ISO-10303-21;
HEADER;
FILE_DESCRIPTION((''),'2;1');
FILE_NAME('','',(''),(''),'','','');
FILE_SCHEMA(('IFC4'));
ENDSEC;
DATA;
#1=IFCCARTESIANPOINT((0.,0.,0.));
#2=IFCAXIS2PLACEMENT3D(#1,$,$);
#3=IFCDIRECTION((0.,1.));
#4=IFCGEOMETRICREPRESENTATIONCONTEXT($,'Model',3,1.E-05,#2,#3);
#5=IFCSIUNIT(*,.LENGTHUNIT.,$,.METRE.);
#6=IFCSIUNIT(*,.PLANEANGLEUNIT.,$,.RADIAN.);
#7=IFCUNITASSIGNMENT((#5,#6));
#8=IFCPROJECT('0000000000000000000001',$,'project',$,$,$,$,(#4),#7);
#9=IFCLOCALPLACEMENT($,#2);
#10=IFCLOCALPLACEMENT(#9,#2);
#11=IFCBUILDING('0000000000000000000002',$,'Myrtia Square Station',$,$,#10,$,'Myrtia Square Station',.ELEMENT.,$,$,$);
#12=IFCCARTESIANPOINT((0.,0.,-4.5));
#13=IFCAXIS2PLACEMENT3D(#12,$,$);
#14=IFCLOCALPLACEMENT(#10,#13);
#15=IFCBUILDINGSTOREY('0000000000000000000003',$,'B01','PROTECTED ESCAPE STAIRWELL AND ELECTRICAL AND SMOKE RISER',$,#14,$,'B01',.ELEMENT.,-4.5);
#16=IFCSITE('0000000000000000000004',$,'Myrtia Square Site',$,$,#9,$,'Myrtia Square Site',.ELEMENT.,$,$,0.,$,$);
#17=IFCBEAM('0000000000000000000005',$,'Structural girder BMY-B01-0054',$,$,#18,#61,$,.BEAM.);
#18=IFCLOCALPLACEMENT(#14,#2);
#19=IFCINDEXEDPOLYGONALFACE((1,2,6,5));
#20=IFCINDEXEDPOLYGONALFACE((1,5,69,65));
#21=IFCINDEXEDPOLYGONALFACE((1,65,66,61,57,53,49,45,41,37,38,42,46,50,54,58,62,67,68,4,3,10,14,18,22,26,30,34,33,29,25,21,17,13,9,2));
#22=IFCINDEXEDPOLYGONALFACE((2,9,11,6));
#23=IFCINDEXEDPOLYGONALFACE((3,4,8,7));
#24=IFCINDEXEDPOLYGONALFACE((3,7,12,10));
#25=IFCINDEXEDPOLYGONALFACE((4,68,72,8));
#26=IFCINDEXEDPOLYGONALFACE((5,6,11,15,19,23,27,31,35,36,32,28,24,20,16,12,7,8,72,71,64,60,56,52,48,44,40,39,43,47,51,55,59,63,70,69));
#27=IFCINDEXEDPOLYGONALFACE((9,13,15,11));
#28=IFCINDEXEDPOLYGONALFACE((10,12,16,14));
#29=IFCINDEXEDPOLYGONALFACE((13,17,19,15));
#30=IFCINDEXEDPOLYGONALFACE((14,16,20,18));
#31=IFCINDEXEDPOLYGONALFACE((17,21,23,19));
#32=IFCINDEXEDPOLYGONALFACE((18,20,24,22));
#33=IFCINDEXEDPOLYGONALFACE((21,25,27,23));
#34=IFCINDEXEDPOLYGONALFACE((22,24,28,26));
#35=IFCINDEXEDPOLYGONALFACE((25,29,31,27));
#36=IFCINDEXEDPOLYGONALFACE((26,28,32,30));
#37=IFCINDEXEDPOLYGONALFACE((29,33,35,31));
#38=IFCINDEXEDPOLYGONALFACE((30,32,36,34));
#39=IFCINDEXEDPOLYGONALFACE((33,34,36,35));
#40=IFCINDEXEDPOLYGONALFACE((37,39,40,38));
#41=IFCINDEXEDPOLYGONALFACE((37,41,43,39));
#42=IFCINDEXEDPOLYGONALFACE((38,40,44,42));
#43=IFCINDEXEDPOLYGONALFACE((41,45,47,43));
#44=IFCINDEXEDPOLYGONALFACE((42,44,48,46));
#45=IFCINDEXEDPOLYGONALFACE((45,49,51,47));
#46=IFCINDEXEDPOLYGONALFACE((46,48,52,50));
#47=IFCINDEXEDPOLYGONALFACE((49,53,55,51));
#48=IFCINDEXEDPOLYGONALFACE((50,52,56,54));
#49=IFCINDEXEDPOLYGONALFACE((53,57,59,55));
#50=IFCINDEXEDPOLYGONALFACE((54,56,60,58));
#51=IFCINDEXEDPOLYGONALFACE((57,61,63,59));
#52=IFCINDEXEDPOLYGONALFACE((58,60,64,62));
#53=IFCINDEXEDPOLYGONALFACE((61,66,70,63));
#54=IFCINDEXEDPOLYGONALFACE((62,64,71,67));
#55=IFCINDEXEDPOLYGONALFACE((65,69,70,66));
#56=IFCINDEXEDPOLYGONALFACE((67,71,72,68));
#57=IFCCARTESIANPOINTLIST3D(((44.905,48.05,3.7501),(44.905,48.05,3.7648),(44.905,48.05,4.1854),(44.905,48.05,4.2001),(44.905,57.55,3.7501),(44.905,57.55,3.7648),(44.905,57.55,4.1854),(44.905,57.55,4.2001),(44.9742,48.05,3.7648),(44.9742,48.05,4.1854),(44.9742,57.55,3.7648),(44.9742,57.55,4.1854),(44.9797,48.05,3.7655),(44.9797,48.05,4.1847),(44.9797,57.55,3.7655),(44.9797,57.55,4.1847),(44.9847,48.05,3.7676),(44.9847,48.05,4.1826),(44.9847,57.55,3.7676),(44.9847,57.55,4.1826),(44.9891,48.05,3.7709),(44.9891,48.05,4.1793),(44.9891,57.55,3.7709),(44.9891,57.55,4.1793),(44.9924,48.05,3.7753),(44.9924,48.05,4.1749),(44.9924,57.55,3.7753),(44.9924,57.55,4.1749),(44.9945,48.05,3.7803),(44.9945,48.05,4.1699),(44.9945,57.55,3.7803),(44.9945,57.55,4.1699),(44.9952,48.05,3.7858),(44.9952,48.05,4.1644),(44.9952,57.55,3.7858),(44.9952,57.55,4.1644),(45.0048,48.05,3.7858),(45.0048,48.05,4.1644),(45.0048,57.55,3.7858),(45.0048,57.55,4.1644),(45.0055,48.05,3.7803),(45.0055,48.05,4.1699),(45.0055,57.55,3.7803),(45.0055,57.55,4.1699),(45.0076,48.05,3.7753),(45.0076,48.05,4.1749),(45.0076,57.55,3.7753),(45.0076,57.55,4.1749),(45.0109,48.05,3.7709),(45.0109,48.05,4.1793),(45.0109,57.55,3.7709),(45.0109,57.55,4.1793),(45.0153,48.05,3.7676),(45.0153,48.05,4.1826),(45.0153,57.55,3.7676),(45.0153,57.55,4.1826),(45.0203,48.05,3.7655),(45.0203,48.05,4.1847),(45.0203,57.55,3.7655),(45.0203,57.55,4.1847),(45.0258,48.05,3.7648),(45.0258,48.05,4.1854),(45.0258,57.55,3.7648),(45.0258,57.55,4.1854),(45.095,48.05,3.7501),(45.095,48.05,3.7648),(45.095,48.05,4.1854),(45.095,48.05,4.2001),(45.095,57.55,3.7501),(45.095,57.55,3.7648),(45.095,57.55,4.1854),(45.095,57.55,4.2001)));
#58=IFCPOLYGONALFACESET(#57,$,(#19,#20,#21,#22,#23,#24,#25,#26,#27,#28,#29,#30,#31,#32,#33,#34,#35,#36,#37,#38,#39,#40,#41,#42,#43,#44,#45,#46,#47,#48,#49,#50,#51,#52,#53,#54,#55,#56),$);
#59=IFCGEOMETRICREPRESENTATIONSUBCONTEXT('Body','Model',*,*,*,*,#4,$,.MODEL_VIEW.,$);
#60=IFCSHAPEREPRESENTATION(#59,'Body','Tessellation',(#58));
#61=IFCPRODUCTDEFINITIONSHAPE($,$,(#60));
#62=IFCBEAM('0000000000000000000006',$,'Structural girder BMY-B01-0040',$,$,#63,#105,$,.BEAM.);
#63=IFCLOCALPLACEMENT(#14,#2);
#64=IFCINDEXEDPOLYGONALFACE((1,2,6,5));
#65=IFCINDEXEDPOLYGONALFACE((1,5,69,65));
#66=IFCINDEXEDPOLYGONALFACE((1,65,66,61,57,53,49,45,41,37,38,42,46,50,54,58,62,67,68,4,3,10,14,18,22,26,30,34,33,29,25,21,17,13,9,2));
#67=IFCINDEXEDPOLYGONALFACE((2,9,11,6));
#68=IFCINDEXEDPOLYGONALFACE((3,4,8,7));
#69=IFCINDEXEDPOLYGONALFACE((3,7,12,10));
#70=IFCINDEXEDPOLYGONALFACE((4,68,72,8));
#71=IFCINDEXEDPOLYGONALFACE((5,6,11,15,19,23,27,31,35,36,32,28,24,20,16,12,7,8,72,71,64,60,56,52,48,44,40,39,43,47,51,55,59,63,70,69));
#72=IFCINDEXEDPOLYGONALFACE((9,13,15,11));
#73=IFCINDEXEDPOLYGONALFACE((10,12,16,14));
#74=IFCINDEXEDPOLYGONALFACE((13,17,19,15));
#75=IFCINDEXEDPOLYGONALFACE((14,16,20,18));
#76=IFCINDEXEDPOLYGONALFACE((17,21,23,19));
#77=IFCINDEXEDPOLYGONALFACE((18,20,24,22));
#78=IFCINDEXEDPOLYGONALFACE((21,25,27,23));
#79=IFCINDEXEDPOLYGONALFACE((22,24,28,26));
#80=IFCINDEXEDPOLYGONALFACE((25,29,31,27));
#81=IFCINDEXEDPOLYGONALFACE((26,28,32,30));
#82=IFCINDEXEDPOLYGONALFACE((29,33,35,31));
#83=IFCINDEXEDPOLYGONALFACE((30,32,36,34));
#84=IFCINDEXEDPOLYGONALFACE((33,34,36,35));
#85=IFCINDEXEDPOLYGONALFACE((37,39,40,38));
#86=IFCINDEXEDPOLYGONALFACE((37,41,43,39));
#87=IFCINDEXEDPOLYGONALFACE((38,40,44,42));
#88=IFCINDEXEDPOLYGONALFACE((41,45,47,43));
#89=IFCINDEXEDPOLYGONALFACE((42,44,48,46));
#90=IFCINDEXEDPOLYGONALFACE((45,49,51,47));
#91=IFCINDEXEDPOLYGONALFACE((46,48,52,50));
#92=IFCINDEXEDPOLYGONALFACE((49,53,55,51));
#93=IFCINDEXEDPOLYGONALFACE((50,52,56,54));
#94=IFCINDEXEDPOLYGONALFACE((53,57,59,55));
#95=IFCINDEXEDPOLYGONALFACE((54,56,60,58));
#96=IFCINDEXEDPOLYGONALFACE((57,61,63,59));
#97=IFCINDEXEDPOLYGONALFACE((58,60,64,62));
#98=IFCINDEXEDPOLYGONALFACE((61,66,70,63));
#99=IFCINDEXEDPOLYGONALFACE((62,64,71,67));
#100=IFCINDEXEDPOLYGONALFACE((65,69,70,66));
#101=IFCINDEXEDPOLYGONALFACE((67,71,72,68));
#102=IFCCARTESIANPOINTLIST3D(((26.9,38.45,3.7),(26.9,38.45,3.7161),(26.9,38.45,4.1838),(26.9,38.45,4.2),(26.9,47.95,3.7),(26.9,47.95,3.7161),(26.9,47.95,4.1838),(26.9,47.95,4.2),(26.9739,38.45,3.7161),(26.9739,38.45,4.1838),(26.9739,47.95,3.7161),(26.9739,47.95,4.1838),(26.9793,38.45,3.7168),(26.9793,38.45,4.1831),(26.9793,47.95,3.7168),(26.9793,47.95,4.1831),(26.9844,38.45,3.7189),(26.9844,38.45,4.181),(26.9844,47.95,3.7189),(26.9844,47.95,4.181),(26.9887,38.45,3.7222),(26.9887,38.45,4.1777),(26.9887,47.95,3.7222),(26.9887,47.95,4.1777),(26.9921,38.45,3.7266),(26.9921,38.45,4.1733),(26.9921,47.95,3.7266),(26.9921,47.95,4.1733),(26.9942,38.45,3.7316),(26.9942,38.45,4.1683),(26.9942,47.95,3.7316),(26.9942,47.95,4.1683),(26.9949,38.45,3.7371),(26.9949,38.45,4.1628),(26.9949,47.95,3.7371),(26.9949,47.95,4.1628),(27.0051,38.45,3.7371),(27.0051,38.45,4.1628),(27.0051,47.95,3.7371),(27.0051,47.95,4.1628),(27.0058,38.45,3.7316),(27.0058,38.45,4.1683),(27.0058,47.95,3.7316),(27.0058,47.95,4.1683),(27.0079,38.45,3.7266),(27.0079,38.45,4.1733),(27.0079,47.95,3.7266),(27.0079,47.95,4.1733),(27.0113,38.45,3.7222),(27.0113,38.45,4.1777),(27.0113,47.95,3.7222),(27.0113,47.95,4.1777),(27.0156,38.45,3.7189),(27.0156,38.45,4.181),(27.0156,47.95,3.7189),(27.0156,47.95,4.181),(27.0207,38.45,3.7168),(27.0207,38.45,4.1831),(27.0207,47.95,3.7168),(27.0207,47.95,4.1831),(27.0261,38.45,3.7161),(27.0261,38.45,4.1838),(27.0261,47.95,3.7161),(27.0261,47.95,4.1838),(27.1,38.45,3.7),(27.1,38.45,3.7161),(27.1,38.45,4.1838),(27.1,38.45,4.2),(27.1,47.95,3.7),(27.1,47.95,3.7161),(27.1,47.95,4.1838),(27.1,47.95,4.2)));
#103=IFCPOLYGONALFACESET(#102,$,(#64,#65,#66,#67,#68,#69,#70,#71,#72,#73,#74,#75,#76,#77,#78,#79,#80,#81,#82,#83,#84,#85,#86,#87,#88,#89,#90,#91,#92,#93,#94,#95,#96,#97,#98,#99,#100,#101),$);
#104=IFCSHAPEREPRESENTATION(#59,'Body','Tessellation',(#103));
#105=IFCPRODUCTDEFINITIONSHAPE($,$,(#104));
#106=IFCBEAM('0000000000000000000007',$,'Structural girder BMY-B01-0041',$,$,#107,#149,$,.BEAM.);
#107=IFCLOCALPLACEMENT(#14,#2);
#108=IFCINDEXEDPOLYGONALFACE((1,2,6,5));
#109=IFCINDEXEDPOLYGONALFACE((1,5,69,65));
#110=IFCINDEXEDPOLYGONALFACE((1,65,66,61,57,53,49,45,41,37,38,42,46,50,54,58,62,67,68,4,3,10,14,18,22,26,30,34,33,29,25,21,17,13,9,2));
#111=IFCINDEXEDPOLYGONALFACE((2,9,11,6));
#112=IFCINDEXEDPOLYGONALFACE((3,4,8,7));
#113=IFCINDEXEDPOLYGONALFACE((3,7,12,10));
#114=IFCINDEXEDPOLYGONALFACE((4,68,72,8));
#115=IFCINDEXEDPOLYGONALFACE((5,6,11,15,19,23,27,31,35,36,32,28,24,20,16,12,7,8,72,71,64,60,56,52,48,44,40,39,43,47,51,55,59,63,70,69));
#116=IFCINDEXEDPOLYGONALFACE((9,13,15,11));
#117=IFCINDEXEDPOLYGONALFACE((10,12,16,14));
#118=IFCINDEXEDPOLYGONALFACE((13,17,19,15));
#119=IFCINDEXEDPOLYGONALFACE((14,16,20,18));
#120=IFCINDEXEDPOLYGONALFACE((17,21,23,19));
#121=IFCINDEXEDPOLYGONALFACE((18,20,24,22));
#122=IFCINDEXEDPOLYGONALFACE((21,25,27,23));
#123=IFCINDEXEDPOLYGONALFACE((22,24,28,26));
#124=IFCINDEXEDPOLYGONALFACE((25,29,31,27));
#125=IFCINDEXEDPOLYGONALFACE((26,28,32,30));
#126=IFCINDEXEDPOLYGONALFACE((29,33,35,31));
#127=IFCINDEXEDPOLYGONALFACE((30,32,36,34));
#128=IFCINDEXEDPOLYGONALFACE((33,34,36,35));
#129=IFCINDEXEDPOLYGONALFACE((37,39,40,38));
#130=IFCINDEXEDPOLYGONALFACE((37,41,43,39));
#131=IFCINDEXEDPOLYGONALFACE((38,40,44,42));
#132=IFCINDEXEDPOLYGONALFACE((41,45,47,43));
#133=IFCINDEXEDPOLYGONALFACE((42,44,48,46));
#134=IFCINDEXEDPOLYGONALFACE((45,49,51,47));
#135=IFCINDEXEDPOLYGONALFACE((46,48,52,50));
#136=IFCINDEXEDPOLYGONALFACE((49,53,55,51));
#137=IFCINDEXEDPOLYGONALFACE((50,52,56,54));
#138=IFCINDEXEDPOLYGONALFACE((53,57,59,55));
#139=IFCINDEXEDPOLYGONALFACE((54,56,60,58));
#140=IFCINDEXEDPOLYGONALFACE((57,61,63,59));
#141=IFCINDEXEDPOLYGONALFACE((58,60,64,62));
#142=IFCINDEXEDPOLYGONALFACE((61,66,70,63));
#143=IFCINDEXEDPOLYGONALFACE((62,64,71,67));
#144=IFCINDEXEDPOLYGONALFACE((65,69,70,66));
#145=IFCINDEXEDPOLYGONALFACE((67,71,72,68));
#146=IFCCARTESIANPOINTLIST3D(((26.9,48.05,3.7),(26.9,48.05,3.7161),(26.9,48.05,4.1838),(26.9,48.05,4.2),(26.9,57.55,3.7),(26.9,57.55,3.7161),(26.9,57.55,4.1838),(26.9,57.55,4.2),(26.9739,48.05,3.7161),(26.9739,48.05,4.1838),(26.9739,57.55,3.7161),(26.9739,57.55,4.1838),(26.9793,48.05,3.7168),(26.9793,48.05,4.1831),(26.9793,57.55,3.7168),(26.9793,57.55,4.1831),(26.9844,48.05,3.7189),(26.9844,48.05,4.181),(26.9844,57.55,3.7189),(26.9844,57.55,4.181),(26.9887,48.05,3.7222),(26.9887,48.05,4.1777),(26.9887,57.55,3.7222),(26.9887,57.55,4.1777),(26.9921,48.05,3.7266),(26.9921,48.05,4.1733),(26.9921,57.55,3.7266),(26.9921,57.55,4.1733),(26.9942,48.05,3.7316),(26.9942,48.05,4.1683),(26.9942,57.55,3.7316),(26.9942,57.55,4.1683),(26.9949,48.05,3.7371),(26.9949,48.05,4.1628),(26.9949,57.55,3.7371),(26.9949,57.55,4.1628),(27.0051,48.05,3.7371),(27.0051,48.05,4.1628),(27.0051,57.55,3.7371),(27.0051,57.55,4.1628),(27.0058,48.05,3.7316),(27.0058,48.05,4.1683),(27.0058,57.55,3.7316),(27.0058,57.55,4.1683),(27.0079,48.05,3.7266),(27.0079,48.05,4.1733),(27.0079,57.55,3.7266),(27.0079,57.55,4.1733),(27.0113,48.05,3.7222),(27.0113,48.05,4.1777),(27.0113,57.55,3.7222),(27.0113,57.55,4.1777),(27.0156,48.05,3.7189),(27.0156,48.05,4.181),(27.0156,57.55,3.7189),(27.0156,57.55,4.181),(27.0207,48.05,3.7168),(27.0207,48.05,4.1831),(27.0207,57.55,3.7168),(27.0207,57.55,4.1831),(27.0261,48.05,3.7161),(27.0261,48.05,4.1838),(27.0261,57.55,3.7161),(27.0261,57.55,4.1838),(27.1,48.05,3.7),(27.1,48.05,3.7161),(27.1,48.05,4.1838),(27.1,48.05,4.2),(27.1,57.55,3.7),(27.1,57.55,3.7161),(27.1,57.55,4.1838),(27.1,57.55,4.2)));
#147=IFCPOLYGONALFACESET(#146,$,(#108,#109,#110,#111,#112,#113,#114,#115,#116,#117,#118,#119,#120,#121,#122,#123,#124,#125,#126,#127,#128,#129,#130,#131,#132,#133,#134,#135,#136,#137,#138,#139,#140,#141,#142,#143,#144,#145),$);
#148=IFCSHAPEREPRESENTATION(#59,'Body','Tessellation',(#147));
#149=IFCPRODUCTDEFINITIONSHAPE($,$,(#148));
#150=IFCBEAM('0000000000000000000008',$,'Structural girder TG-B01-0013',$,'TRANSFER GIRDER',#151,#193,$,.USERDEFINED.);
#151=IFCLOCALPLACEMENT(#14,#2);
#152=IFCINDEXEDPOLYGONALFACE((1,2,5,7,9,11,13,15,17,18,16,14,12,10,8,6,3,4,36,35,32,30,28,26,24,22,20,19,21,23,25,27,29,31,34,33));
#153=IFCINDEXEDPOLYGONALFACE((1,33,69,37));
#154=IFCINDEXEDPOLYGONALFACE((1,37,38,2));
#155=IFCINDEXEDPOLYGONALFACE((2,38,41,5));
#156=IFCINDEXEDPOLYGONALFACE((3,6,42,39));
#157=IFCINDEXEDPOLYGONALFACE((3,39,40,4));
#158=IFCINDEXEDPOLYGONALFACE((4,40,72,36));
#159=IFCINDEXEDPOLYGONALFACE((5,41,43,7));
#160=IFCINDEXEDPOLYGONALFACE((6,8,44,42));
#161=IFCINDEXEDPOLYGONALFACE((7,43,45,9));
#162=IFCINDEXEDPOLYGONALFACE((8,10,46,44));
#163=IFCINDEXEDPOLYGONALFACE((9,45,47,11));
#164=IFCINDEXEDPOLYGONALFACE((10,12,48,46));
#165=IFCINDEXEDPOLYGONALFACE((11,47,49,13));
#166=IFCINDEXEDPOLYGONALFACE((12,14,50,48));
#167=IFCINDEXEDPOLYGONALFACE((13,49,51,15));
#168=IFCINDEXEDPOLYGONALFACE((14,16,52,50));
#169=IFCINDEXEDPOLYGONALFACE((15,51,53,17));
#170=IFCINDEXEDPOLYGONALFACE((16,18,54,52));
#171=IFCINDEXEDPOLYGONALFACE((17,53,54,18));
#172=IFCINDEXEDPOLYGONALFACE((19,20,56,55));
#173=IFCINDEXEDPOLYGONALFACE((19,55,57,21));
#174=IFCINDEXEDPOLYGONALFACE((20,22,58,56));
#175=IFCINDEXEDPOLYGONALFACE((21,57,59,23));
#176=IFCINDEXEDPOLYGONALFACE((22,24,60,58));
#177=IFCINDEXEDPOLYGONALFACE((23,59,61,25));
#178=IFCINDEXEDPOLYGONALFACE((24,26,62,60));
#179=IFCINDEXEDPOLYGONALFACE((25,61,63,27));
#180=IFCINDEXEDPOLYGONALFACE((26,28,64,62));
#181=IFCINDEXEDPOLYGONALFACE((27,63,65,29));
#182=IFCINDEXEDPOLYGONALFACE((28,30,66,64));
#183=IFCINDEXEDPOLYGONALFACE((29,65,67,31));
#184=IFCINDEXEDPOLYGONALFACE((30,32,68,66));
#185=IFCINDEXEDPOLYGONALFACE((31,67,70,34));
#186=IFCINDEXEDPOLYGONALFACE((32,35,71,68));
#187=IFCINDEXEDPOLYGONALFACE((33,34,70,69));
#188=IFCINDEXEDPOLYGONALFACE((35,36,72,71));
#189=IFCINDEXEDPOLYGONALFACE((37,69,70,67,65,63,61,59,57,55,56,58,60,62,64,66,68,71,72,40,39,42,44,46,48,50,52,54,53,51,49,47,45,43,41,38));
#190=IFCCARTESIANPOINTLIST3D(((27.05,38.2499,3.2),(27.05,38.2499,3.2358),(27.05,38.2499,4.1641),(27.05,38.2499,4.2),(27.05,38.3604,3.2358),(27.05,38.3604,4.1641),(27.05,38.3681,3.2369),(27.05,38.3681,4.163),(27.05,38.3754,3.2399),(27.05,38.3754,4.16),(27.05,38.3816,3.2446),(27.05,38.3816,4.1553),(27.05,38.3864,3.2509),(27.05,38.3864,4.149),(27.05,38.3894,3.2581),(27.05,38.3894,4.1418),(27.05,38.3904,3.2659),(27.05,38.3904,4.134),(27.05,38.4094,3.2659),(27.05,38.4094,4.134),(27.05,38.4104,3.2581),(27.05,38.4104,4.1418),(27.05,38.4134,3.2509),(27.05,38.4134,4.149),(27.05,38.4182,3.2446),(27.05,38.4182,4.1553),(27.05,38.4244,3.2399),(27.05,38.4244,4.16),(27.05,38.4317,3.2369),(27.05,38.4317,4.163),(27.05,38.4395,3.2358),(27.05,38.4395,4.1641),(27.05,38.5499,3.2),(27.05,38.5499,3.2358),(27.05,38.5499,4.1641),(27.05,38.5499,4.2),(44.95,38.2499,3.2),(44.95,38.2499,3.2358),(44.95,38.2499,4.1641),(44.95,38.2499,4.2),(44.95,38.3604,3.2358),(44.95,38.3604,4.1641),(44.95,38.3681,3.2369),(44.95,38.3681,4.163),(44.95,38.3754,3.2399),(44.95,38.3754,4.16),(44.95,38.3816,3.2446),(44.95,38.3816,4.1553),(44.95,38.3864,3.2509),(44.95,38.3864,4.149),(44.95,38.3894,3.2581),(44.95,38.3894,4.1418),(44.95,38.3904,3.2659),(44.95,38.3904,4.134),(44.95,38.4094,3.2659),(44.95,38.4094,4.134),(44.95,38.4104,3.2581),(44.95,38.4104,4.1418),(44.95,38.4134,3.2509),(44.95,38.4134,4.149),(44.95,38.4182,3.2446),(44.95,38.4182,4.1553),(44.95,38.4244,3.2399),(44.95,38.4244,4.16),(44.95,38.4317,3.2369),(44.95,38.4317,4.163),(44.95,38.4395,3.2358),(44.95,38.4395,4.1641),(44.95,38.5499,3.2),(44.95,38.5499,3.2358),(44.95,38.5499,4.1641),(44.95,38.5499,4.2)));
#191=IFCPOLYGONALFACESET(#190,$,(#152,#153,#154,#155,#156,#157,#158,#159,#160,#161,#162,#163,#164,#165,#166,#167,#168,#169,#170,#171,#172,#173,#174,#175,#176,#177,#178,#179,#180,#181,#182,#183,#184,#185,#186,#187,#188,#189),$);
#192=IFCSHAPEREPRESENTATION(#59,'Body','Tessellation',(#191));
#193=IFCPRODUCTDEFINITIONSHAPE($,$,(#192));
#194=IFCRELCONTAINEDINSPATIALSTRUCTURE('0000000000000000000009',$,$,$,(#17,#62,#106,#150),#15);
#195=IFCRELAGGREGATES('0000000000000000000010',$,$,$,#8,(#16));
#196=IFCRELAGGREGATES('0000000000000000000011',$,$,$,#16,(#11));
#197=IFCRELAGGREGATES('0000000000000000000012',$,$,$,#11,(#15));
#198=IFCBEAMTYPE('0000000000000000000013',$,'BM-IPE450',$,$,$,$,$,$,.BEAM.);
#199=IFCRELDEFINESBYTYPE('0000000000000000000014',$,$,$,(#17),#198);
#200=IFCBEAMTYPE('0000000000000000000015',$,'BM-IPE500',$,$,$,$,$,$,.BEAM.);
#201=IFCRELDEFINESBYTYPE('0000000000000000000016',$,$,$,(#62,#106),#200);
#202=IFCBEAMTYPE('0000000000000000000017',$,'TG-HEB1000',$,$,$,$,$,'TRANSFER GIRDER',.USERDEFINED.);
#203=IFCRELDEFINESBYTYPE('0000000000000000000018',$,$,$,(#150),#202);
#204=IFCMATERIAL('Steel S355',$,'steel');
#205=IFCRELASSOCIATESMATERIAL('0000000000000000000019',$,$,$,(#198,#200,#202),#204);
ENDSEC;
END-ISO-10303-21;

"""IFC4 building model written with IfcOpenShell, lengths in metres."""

from ifc_helpers import new_model, si_unit, direction, frame, origin, origin_2d, place, context, subcontext, project, spatial, i_section, extrude, material, material_profile, profile_set, type_object, element, save


model = new_model("IFC4")

# Units and contexts
model_context = context("Model", 3, precision=1e-05, world=origin(), true_north=direction((0.0, 1.0)))
body_context = subcontext(model_context, "Body", "Model", "MODEL_VIEW")
ifc_project = project(units=[si_unit("LENGTHUNIT", "METRE"), si_unit("PLANEANGLEUNIT", "RADIAN")], contexts=[model_context])

# Site, building, storey
site_placement = place(None, origin())
site = spatial("IfcSite", under=ifc_project, at=site_placement, Name="Myrtia Square Site", LongName="Myrtia Square Site", CompositionType="ELEMENT", RefElevation=0.0)
building_placement = place(site_placement, origin())
building = spatial("IfcBuilding", under=site, at=building_placement, Name="Myrtia Square Station", LongName="Myrtia Square Station", CompositionType="ELEMENT")
storey_placement = place(building_placement, frame((0.0, 0.0, -4.5)))
storey = spatial("IfcBuildingStorey", under=building, at=storey_placement, Name="B01", Description="PROTECTED ESCAPE STAIRWELL AND ELECTRICAL AND SMOKE RISER", LongName="B01", CompositionType="ELEMENT", Elevation=-4.5)

# Shared definitions
ifc_material_1 = material(Name="Steel S355", Category="steel")

# Beams
ifc_material_profile_1 = material_profile(ifc_material_1, i_section(OverallWidth=0.1899, OverallDepth=0.45, WebThickness=0.0095, FlangeThickness=0.0146, FilletRadius=0.021, at=origin_2d()), Name="IPE 450")
ifc_profile_set_1 = profile_set([ifc_material_profile_1], Name="Steel S355")
beam_type_1 = type_object("IfcBeamType", Name="BM-IPE450", PredefinedType="BEAM", material=ifc_profile_set_1)
for number, where, z_axis, x_axis, name in (
    (1, (45.0, 48.05, 3.9751), (0.0, 1.0, 0.0), (-1.0, 0.0, 0.0), "Structural girder BMY-B01-0054"),
):
    element("IfcBeam", number, at=place(storey_placement, frame(where, z_axis=z_axis, x_axis=x_axis)), inside=storey, type_object=beam_type_1, Name=name, PredefinedType="BEAM", context=body_context, shape_type="SweptSolid", body=[
        extrude(i_section(OverallWidth=0.1899, OverallDepth=0.45, WebThickness=0.0095, FlangeThickness=0.0146, FilletRadius=0.021, at=origin_2d()), origin(), (0.0, 0.0, 1.0), 9.5),
    ])
ifc_material_profile_2 = material_profile(ifc_material_1, i_section(OverallWidth=0.2, OverallDepth=0.5, WebThickness=0.0103, FlangeThickness=0.0161, FilletRadius=0.021, at=origin_2d()), Name="IPE 500")
ifc_profile_set_2 = profile_set([ifc_material_profile_2], Name="Steel S355")
beam_type_2 = type_object("IfcBeamType", Name="BM-IPE500", PredefinedType="BEAM", material=ifc_profile_set_2)
for number, where, z_axis, x_axis, name in (
    (2, (27.0, 38.45, 3.95), (0.0, 1.0, 0.0), (-1.0, 0.0, 0.0), "Structural girder BMY-B01-0040"),
    (3, (27.0, 48.05, 3.95), (0.0, 1.0, 0.0), (-1.0, 0.0, 0.0), "Structural girder BMY-B01-0041"),
):
    element("IfcBeam", number, at=place(storey_placement, frame(where, z_axis=z_axis, x_axis=x_axis)), inside=storey, type_object=beam_type_2, Name=name, PredefinedType="BEAM", context=body_context, shape_type="SweptSolid", body=[
        extrude(i_section(OverallWidth=0.2, OverallDepth=0.5, WebThickness=0.0103, FlangeThickness=0.0161, FilletRadius=0.021, at=origin_2d()), origin(), (0.0, 0.0, 1.0), 9.5),
    ])
ifc_material_profile_3 = material_profile(ifc_material_1, i_section(OverallWidth=0.3, OverallDepth=1.0, WebThickness=0.019, FlangeThickness=0.0359, FilletRadius=0.03, at=origin_2d()), Name="HEB 1000")
ifc_profile_set_3 = profile_set([ifc_material_profile_3], Name="Steel S355")
beam_type_3 = type_object("IfcBeamType", Name="TG-HEB1000", ElementType="TRANSFER GIRDER", PredefinedType="USERDEFINED", material=ifc_profile_set_3)
for number, where, z_axis, x_axis, name in (
    (4, (27.05, 38.3999, 3.7), (1.0, 0.0, 0.0), (0.0, 1.0, 0.0), "Structural girder TG-B01-0013"),
):
    element("IfcBeam", number, at=place(storey_placement, frame(where, z_axis=z_axis, x_axis=x_axis)), inside=storey, type_object=beam_type_3, Name=name, ObjectType="TRANSFER GIRDER", PredefinedType="USERDEFINED", context=body_context, shape_type="SweptSolid", body=[
        extrude(i_section(OverallWidth=0.3, OverallDepth=1.0, WebThickness=0.019, FlangeThickness=0.0359, FilletRadius=0.03, at=origin_2d()), origin(), (0.0, 0.0, 1.0), 17.8999),
    ])

save(model, "model.ifc")
